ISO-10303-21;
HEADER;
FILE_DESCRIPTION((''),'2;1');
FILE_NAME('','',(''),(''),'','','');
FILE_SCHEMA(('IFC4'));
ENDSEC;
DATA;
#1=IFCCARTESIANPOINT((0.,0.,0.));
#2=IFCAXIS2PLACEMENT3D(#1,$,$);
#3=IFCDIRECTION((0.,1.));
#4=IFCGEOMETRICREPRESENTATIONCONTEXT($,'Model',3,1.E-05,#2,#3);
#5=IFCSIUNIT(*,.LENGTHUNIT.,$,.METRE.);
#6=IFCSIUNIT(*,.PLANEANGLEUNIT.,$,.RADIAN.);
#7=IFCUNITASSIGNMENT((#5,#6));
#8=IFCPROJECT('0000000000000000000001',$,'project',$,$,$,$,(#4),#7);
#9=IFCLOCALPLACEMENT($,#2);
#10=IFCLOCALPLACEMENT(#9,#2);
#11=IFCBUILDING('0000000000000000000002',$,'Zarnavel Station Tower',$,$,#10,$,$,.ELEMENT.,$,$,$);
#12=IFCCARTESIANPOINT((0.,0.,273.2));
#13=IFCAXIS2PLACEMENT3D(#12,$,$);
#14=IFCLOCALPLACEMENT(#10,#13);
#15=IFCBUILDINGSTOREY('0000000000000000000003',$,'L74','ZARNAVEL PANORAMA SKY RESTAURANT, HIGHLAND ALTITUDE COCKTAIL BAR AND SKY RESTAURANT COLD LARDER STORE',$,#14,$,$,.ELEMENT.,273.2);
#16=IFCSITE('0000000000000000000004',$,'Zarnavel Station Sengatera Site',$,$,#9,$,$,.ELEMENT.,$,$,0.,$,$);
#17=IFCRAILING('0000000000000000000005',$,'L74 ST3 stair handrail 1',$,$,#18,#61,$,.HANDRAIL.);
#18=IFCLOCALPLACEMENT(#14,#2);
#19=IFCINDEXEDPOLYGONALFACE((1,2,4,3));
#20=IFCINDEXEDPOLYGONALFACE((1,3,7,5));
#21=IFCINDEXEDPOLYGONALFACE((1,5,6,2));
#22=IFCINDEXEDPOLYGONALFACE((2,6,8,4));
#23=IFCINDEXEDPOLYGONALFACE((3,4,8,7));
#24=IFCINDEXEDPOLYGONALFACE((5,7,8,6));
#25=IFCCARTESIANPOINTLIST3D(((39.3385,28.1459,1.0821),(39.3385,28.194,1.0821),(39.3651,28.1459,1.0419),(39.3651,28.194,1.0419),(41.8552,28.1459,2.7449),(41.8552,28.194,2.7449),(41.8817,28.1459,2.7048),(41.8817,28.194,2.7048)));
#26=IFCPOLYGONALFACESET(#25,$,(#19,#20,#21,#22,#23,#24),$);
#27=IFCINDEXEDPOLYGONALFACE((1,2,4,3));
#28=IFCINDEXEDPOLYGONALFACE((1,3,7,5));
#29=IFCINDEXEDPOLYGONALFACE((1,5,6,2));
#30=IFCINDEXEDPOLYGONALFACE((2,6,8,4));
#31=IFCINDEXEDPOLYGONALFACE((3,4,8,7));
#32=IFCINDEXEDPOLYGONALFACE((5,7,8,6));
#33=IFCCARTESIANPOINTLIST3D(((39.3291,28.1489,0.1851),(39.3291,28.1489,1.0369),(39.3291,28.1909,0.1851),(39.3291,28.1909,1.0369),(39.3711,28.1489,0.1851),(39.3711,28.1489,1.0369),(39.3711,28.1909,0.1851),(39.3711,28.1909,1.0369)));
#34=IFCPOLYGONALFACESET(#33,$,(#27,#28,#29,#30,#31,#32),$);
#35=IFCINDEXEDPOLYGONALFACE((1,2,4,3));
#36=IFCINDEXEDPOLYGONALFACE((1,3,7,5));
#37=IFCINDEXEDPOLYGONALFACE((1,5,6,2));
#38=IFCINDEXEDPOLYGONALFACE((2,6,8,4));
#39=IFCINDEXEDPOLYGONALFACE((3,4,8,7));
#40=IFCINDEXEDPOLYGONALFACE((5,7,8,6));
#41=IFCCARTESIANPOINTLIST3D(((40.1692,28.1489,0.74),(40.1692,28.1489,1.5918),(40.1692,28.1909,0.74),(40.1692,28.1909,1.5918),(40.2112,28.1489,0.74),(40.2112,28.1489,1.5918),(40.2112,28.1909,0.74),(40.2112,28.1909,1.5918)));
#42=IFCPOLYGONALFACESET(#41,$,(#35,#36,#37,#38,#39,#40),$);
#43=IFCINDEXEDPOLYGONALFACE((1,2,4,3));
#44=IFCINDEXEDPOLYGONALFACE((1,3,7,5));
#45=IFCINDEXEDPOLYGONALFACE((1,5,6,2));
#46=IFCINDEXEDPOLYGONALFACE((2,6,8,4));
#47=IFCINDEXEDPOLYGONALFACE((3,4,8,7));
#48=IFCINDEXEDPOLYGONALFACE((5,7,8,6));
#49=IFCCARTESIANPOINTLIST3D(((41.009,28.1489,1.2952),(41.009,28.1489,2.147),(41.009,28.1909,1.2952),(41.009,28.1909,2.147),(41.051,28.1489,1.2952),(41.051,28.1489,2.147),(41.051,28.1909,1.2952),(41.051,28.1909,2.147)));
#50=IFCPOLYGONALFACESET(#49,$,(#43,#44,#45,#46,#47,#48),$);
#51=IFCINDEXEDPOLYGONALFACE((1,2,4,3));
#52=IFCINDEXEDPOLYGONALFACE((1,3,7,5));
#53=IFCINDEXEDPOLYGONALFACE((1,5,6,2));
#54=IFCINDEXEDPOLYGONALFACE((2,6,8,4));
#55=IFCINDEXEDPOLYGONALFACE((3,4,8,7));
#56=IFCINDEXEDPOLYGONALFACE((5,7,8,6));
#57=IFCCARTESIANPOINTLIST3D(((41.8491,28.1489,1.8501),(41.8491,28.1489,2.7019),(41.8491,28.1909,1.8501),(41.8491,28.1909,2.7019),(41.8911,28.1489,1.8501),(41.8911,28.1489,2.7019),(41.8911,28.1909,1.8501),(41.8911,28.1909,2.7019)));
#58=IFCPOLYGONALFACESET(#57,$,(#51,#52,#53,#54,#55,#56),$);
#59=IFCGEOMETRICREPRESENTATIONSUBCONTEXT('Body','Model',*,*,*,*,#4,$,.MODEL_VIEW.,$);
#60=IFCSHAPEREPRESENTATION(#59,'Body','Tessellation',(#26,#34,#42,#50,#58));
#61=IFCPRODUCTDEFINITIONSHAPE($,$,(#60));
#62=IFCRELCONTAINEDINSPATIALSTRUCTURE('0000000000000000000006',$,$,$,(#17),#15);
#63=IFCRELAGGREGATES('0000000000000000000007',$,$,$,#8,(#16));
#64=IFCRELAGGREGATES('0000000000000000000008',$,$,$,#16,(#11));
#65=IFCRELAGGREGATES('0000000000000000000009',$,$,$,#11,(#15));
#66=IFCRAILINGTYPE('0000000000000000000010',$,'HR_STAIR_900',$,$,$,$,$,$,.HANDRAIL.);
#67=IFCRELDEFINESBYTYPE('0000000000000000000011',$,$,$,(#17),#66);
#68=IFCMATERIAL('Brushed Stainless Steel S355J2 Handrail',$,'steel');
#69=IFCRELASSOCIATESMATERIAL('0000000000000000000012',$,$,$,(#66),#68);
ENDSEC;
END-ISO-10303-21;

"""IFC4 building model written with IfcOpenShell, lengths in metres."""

from ifc_helpers import new_model, si_unit, direction, frame, origin, origin_2d, place, context, subcontext, project, spatial, rectangle, extrude, material, type_object, element, save


model = new_model("IFC4")

# Units and contexts
model_context = context("Model", 3, precision=1e-05, world=origin(), true_north=direction((0.0, 1.0)))
body_context = subcontext(model_context, "Body", "Model", "MODEL_VIEW")
ifc_project = project(units=[si_unit("LENGTHUNIT", "METRE"), si_unit("PLANEANGLEUNIT", "RADIAN")], contexts=[model_context])

# Site, building, storey
site_placement = place(None, origin())
site = spatial("IfcSite", under=ifc_project, at=site_placement, Name="Zarnavel Station Sengatera Site", CompositionType="ELEMENT", RefElevation=0.0)
building_placement = place(site_placement, origin())
building = spatial("IfcBuilding", under=site, at=building_placement, Name="Zarnavel Station Tower", CompositionType="ELEMENT")
storey_placement = place(building_placement, frame((0.0, 0.0, 273.2)))
storey = spatial("IfcBuildingStorey", under=building, at=storey_placement, Name="L74", Description="ZARNAVEL PANORAMA SKY RESTAURANT, HIGHLAND ALTITUDE COCKTAIL BAR AND SKY RESTAURANT COLD LARDER STORE", CompositionType="ELEMENT", Elevation=273.2)

# Railing
ifc_material_1 = material(Name="Brushed Stainless Steel S355J2 Handrail", Category="steel")
railing_type_1 = type_object("IfcRailingType", Name="HR_STAIR_900", PredefinedType="HANDRAIL", material=ifc_material_1)
railing_1_placement = place(storey_placement, frame((39.3501, 28.1699, 0.1851)))
element("IfcRailing", 1, at=railing_1_placement, inside=storey, type_object=railing_type_1, Name="L74 ST3 stair handrail 1", PredefinedType="HANDRAIL", context=body_context, shape_type="SweptSolid", body=[
    extrude(rectangle(XDim=0.0481, YDim=0.0481, at=origin_2d()), frame((0.0017, 0.0, 0.877), z_axis=(0.834331, 0.0, 0.551263), x_axis=(0.0, 1.0, 0.0)), (0.0, 0.0, 1.0), 3.0164),
    extrude(rectangle(XDim=0.042, YDim=0.042, at=origin_2d()), origin(), (0.0, 0.0, 1.0), 0.8518),
    extrude(rectangle(XDim=0.042, YDim=0.042, at=origin_2d()), frame((0.8401, 0.0, 0.5549)), (0.0, 0.0, 1.0), 0.8518),
    extrude(rectangle(XDim=0.042, YDim=0.042, at=origin_2d()), frame((1.6799, 0.0, 1.1101)), (0.0, 0.0, 1.0), 0.8518),
    extrude(rectangle(XDim=0.042, YDim=0.042, at=origin_2d()), frame((2.52, 0.0, 1.665)), (0.0, 0.0, 1.0), 0.8518),
])

save(model, "model.ifc")
